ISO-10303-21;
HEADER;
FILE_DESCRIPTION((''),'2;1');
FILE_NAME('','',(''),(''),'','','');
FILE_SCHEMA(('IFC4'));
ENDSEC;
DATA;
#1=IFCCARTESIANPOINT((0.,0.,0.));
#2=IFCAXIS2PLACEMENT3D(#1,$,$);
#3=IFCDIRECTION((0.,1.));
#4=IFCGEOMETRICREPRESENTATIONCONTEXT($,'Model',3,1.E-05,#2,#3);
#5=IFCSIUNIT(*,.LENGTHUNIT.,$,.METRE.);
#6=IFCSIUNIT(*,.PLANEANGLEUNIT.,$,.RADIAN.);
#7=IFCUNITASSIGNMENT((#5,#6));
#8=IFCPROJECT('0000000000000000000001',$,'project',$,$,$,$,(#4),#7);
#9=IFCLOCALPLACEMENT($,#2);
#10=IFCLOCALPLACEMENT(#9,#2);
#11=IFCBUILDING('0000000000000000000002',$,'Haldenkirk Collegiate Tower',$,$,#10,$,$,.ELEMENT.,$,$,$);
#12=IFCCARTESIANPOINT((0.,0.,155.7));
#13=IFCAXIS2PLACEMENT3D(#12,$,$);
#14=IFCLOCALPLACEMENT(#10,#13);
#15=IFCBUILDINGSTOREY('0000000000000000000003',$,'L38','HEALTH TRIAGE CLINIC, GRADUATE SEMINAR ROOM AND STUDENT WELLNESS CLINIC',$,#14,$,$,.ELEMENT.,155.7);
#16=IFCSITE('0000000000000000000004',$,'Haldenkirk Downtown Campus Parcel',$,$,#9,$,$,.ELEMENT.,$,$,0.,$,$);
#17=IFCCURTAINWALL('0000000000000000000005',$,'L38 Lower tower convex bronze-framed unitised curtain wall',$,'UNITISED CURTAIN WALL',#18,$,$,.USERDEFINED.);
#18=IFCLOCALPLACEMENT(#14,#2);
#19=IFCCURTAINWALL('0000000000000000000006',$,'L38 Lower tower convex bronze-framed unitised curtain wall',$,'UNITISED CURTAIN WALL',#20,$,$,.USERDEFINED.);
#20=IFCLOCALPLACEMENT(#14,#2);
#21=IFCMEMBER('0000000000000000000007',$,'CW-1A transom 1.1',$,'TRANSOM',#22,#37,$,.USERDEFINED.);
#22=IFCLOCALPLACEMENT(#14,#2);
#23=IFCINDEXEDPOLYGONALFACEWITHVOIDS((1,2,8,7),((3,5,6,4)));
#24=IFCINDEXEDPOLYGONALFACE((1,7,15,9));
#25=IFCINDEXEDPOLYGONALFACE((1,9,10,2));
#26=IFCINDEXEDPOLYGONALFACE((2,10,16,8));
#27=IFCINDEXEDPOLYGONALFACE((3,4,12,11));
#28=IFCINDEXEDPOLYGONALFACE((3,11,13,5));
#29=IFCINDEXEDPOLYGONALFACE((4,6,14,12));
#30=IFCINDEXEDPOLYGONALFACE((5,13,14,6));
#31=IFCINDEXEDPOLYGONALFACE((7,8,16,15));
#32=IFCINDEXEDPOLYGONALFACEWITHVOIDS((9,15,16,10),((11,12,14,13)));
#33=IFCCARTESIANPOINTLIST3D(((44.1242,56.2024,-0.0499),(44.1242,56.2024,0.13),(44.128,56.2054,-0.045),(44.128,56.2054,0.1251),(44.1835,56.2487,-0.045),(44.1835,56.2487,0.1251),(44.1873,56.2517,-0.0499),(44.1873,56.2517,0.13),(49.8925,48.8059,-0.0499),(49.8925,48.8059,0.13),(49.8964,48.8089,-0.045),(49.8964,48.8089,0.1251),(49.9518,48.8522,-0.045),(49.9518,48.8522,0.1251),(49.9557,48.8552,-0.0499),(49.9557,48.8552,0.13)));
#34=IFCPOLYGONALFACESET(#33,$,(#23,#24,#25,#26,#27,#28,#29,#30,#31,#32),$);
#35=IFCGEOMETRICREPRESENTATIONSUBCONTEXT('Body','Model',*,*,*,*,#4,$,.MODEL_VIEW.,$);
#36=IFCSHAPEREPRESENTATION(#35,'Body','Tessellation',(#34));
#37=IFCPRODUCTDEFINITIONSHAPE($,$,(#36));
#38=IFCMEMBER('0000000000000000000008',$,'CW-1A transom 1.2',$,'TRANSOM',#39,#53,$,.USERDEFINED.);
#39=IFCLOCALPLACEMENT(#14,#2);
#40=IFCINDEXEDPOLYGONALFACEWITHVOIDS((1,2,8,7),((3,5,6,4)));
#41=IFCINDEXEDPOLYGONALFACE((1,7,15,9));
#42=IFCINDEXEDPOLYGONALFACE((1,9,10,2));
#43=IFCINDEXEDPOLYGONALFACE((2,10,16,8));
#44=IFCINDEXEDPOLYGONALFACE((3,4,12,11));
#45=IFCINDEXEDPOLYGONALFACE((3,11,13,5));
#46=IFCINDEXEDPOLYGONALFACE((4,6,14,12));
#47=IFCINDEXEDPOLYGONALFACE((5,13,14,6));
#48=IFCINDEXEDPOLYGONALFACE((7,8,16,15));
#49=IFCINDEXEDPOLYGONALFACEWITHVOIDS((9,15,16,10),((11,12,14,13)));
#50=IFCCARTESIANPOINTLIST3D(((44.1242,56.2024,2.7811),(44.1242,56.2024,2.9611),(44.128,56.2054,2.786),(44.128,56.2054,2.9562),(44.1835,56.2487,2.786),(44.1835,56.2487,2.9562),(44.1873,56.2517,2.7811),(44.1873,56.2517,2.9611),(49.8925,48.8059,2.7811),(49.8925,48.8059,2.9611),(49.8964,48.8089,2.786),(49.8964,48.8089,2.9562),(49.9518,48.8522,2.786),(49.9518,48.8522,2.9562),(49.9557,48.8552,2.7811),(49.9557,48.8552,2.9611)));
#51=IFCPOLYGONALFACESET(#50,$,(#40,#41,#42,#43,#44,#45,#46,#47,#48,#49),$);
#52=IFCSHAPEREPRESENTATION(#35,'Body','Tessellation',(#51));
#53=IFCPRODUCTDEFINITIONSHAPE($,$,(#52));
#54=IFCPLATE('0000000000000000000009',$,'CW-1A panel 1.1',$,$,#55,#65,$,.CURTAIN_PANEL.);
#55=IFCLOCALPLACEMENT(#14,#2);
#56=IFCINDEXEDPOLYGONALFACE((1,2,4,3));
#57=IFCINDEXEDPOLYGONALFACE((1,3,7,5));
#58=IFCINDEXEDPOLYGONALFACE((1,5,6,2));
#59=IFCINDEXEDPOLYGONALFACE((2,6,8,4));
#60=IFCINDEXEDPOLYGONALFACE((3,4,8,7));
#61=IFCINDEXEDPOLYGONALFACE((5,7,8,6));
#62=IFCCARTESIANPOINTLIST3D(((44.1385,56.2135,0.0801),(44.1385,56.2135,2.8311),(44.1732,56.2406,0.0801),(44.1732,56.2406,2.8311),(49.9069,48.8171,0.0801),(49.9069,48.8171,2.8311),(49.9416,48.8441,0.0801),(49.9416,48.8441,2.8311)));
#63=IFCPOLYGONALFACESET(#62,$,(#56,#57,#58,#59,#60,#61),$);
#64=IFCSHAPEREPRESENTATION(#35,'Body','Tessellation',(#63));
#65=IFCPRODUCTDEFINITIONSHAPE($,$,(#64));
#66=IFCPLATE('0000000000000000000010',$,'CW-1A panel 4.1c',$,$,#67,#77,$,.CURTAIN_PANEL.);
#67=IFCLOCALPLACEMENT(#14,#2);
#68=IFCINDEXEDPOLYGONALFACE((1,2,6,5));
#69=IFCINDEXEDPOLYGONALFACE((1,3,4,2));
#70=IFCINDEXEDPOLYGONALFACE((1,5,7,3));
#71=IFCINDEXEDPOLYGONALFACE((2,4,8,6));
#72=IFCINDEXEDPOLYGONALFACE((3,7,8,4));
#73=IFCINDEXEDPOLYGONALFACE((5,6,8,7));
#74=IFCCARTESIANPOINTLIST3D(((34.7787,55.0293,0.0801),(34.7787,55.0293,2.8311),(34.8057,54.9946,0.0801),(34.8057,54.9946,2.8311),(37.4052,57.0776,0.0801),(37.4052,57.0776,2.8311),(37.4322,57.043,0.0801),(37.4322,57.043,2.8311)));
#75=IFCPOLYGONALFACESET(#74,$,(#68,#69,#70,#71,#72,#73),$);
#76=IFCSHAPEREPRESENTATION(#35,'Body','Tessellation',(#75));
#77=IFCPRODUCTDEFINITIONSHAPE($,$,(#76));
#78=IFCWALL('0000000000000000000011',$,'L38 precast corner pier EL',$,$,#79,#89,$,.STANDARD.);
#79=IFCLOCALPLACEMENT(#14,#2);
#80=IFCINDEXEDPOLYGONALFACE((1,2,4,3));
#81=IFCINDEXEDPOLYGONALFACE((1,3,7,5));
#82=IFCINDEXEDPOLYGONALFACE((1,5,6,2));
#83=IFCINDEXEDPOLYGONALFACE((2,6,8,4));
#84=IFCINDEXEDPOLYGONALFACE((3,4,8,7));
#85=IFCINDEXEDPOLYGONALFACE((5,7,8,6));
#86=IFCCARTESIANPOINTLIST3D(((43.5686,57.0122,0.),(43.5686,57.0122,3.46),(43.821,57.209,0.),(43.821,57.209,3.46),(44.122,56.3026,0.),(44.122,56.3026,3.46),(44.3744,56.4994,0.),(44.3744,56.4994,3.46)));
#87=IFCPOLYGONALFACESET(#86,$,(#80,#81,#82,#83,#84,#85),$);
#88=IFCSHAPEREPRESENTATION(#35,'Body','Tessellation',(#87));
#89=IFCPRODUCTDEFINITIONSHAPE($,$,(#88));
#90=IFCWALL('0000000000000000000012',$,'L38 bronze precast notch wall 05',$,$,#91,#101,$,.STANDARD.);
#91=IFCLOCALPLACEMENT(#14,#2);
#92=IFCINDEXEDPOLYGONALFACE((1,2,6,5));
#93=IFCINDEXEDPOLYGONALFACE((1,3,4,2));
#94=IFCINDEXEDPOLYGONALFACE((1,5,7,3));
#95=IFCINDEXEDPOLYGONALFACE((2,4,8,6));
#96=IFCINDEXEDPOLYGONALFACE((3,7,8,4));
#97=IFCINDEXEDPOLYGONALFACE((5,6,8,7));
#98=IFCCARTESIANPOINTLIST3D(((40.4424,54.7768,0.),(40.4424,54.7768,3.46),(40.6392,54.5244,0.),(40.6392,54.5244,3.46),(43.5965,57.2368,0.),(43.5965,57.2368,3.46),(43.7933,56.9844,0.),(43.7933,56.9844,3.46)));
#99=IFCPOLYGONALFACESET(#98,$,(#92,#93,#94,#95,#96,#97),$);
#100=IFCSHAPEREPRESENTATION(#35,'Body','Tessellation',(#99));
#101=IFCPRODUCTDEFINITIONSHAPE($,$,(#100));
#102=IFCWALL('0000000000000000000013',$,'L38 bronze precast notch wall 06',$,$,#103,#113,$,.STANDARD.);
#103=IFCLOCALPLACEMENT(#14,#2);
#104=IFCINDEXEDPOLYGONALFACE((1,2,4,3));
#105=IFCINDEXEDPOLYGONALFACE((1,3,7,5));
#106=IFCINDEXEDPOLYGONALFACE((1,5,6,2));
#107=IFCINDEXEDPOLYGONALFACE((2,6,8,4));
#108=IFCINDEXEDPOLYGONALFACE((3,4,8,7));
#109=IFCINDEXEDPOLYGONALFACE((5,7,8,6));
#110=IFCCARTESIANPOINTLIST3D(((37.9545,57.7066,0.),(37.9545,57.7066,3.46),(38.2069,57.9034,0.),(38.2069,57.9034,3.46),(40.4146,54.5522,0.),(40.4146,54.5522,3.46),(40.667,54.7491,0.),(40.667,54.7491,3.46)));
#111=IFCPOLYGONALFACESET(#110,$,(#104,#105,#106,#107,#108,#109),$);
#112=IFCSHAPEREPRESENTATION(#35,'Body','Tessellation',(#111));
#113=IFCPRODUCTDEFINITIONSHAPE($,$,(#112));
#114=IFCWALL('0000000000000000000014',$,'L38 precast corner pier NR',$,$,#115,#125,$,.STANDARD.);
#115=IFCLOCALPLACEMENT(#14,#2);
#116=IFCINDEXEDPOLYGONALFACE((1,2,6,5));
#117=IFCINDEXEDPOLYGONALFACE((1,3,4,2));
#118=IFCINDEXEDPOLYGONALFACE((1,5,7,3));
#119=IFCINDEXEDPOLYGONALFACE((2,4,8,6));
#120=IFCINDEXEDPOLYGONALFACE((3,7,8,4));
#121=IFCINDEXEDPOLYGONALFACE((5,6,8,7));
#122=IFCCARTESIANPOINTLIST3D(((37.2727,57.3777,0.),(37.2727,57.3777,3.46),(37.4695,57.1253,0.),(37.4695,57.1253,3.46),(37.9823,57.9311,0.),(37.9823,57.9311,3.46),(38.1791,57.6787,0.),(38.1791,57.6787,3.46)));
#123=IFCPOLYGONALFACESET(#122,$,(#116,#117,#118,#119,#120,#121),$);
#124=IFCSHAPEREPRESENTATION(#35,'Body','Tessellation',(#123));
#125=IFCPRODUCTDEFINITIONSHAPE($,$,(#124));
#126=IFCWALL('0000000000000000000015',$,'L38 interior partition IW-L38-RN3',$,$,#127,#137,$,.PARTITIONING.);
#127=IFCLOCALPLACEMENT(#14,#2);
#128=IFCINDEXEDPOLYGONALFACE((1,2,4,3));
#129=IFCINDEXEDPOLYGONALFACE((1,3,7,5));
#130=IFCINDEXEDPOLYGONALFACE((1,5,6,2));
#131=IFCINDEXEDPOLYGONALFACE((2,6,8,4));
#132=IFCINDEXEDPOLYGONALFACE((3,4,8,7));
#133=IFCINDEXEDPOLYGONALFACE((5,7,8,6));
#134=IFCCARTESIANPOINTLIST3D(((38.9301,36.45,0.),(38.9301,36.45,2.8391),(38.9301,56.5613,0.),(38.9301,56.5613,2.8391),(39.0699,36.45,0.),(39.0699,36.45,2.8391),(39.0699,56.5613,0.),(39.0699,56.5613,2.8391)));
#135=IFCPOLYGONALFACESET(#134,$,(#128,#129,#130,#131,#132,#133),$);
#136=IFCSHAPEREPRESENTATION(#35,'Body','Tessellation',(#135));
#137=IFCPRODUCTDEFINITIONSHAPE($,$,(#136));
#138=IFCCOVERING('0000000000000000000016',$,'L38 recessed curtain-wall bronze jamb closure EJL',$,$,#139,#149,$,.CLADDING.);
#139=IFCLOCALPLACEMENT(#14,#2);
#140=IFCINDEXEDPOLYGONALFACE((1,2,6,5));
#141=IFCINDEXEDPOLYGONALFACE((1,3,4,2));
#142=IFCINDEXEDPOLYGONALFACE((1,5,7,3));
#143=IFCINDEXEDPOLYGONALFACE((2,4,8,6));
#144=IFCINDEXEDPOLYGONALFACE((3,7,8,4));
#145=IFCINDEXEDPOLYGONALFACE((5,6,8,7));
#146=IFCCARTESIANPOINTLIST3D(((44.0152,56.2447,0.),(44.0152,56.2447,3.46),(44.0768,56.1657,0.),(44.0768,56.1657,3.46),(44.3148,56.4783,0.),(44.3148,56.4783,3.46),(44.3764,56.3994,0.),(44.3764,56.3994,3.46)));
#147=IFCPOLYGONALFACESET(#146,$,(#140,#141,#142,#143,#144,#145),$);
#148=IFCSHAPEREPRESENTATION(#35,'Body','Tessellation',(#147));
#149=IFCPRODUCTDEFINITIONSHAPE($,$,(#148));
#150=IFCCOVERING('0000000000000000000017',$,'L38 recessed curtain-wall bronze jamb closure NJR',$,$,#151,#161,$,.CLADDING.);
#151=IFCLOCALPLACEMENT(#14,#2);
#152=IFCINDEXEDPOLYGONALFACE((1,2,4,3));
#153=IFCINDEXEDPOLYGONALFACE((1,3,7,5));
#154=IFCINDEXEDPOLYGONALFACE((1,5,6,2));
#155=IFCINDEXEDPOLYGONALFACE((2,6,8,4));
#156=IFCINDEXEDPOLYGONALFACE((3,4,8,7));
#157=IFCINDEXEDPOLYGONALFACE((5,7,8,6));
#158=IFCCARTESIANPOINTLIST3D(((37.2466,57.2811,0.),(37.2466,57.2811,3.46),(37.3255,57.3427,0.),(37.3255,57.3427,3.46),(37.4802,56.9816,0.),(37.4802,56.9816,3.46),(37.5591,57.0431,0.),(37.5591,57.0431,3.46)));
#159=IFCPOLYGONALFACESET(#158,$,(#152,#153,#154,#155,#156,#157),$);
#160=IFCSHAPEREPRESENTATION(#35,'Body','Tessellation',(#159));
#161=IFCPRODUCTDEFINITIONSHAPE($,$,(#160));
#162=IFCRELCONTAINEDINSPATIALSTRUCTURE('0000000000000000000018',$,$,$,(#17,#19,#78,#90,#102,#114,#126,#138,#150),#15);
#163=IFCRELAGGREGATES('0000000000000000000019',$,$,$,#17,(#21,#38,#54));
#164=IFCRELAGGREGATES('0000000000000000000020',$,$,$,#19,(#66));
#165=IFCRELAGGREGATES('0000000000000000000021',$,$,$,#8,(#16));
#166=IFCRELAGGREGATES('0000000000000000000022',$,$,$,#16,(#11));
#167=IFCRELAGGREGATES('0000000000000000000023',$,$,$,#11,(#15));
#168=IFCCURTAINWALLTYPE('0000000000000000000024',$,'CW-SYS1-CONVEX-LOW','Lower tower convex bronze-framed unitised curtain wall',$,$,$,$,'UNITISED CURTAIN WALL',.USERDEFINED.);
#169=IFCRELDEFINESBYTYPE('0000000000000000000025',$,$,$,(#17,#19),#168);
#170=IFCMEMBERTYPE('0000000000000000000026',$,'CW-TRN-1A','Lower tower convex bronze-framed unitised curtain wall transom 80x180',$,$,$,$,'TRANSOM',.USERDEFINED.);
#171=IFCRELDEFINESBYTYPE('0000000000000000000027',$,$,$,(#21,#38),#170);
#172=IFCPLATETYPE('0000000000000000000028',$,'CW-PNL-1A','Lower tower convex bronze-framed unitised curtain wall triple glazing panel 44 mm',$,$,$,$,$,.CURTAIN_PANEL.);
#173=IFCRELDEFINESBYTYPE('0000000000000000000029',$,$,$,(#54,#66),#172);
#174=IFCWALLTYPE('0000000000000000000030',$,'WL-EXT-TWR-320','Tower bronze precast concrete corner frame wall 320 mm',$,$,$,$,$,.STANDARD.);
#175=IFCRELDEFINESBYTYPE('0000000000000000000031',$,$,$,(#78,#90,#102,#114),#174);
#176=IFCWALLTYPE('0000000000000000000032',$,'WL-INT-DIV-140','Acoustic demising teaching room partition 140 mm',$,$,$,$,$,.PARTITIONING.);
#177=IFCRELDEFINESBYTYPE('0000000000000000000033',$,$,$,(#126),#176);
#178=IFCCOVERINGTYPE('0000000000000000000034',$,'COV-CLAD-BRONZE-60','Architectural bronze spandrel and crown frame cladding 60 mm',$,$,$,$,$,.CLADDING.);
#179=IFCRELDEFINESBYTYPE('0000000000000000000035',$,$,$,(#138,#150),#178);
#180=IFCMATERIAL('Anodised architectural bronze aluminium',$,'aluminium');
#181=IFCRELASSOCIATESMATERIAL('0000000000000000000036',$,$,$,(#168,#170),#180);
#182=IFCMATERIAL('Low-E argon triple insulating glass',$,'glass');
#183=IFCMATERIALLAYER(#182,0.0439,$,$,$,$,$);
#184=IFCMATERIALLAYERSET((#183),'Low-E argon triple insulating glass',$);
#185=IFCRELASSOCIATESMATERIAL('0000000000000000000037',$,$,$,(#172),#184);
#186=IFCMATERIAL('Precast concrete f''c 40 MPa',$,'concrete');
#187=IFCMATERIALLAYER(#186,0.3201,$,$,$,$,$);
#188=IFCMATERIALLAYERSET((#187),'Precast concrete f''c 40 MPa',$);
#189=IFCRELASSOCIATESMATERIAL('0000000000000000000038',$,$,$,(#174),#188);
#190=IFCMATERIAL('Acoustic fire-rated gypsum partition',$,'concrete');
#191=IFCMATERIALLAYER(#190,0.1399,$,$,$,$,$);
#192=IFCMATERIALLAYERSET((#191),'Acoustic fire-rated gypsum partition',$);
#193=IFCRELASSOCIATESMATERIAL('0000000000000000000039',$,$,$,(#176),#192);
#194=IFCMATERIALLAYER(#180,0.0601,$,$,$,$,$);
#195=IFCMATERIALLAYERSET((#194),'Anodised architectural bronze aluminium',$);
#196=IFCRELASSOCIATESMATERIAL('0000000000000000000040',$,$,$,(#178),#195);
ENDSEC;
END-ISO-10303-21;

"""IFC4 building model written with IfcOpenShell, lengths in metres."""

from ifc_helpers import new_model, si_unit, direction, frame, frame_2d, origin, origin_2d, place, context, subcontext, project, spatial, rectangle, hollow_rectangle, extrude, source, transform, mapped, material, layer, layer_set, material_profile, profile_set, type_object, element, aggregate, save


model = new_model("IFC4")

# Units and contexts
model_context = context("Model", 3, precision=1e-05, world=origin(), true_north=direction((0.0, 1.0)))
body_context = subcontext(model_context, "Body", "Model", "MODEL_VIEW")
ifc_project = project(units=[si_unit("LENGTHUNIT", "METRE"), si_unit("PLANEANGLEUNIT", "RADIAN")], contexts=[model_context])

# Site, building, storey
site_placement = place(None, origin())
site = spatial("IfcSite", under=ifc_project, at=site_placement, Name="Haldenkirk Downtown Campus Parcel", CompositionType="ELEMENT", RefElevation=0.0)
building_placement = place(site_placement, origin())
building = spatial("IfcBuilding", under=site, at=building_placement, Name="Haldenkirk Collegiate Tower", CompositionType="ELEMENT")
storey_placement = place(building_placement, frame((0.0, 0.0, 155.7)))
storey = spatial("IfcBuildingStorey", under=building, at=storey_placement, Name="L38", Description="HEALTH TRIAGE CLINIC, GRADUATE SEMINAR ROOM AND STUDENT WELLNESS CLINIC", CompositionType="ELEMENT", Elevation=155.7)

# Curtain walls
ifc_material_1 = material(Name="Anodised architectural bronze aluminium", Category="aluminium")
curtain_wall_type = type_object("IfcCurtainWallType", Name="CW-SYS1-CONVEX-LOW", Description="Lower tower convex bronze-framed unitised curtain wall", ElementType="UNITISED CURTAIN WALL", PredefinedType="USERDEFINED", material=ifc_material_1)
curtain_wall_1_placement = place(storey_placement, origin())
curtain_wall_1 = element("IfcCurtainWall", 1, at=curtain_wall_1_placement, inside=storey, type_object=curtain_wall_type, Name="L38 Lower tower convex bronze-framed unitised curtain wall", ObjectType="UNITISED CURTAIN WALL", PredefinedType="USERDEFINED")
curtain_wall_2_placement = place(storey_placement, origin())
curtain_wall_2 = element("IfcCurtainWall", 2, at=curtain_wall_2_placement, inside=storey, type_object=curtain_wall_type, Name="L38 Lower tower convex bronze-framed unitised curtain wall", ObjectType="UNITISED CURTAIN WALL", PredefinedType="USERDEFINED")

# Members
ifc_material_profile_1 = material_profile(ifc_material_1, hollow_rectangle(XDim=0.0801, YDim=0.1799, WallThickness=0.0049, at=origin_2d()), Name="CW-TRN-1A")
ifc_profile_set_1 = profile_set([ifc_material_profile_1], Name="Anodised architectural bronze aluminium")
member_type_1 = type_object("IfcMemberType", Name="CW-TRN-1A", Description="Lower tower convex bronze-framed unitised curtain wall transom 80x180", ElementType="TRANSOM", PredefinedType="USERDEFINED", material=ifc_profile_set_1)
member_1_placement = place(storey_placement, frame((44.1558, 56.2271, 0.04), z_axis=(0.614969, -0.788551, 0.0), x_axis=(0.788551, 0.614969, 0.0)))
member_1 = element("IfcMember", 3, at=member_1_placement, type_object=member_type_1, Name="CW-1A transom 1.1", ObjectType="TRANSOM", PredefinedType="USERDEFINED", context=body_context, shape_type="SweptSolid", body=[
    extrude(hollow_rectangle(XDim=0.0801, YDim=0.1799, WallThickness=0.0049, at=origin_2d()), origin(), (0.0, 0.0, 1.0), 9.3799),
])
member_2_placement = place(storey_placement, frame((44.1558, 56.2271, 2.8711), z_axis=(0.614969, -0.788551, 0.0), x_axis=(0.788551, 0.614969, 0.0)))
member_2 = element("IfcMember", 4, at=member_2_placement, type_object=member_type_1, Name="CW-1A transom 1.2", ObjectType="TRANSOM", PredefinedType="USERDEFINED", context=body_context, shape_type="SweptSolid", body=[
    extrude(hollow_rectangle(XDim=0.0801, YDim=0.1799, WallThickness=0.0049, at=origin_2d()), origin(), (0.0, 0.0, 1.0), 9.3799),
])

# Plates
ifc_material_2 = material(Name="Low-E argon triple insulating glass", Category="glass")
ifc_layer_1 = layer(ifc_material_2, 0.0439)
ifc_layer_set_1 = layer_set([ifc_layer_1], Name="Low-E argon triple insulating glass")
plate_type = type_object("IfcPlateType", Name="CW-PNL-1A", Description="Lower tower convex bronze-framed unitised curtain wall triple glazing panel 44 mm", PredefinedType="CURTAIN_PANEL", material=ifc_layer_set_1)
shared_shape_1 = source(origin(), body_context, "Body", "SweptSolid", [
    extrude(rectangle(XDim=9.3799, YDim=0.0439, at=origin_2d()), origin(), (0.0, 0.0, 1.0), 2.751),
])
plate_1_placement = place(storey_placement, frame((47.04, 52.5288, 0.0801), z_axis=(0.0, 0.0, 1.0), x_axis=(0.614974, -0.788548, 0.0)))
plate_1 = element("IfcPlate", 5, at=plate_1_placement, type_object=plate_type, Name="CW-1A panel 1.1", PredefinedType="CURTAIN_PANEL", context=body_context, shape_type="MappedRepresentation", body=[
    mapped(shared_shape_1, transform((0.0, 0.0, 0.0), x_axis=(1.0, 0.0, 0.0), y_axis=(0.0, 1.0, 0.0), z_axis=(0.0, 0.0, 1.0), scale=1.0)),
])
aggregate(curtain_wall_1, [member_1, member_2, plate_1])
shared_shape_2 = source(origin(), body_context, "Body", "SweptSolid", [
    extrude(rectangle(XDim=3.3308, YDim=0.0439, at=origin_2d()), origin(), (0.0, 0.0, 1.0), 2.751),
])
plate_2_placement = place(storey_placement, frame((36.1055, 56.0361, 0.0801), z_axis=(0.0, 0.0, 1.0), x_axis=(0.788548, 0.614974, 0.0)))
plate_2 = element("IfcPlate", 6, at=plate_2_placement, type_object=plate_type, Name="CW-1A panel 4.1c", PredefinedType="CURTAIN_PANEL", context=body_context, shape_type="MappedRepresentation", body=[
    mapped(shared_shape_2, transform((0.0, 0.0, 0.0), x_axis=(1.0, 0.0, 0.0), y_axis=(0.0, 1.0, 0.0), z_axis=(0.0, 0.0, 1.0), scale=1.0)),
])
aggregate(curtain_wall_2, [plate_2])

# Walls
ifc_material_3 = material(Name="Precast concrete f'c 40 MPa", Category="concrete")
ifc_layer_2 = layer(ifc_material_3, 0.3201)
ifc_layer_set_2 = layer_set([ifc_layer_2], Name="Precast concrete f'c 40 MPa")
wall_type_1 = type_object("IfcWallType", Name="WL-EXT-TWR-320", Description="Tower bronze precast concrete corner frame wall 320 mm", PredefinedType="STANDARD", material=ifc_layer_set_2)
wall_1_placement = place(storey_placement, frame((43.6948, 57.1106, 0.0), z_axis=(0.0, 0.0, 1.0), x_axis=(0.614954, -0.788563, 0.0)))
element("IfcWall", 7, at=wall_1_placement, inside=storey, type_object=wall_type_1, Name="L38 precast corner pier EL", PredefinedType="STANDARD", context=body_context, shape_type="SweptSolid", body=[
    extrude(rectangle(XDim=0.8999, YDim=0.3201, at=frame_2d((0.45, 0.0))), origin(), (0.0, 0.0, 1.0), 3.46),
])
wall_2_placement = place(storey_placement, frame((40.5408, 54.6506, 0.0), z_axis=(0.0, 0.0, 1.0), x_axis=(0.788527, 0.615001, 0.0)))
element("IfcWall", 8, at=wall_2_placement, inside=storey, type_object=wall_type_1, Name="L38 bronze precast notch wall 05", PredefinedType="STANDARD", context=body_context, shape_type="SweptSolid", body=[
    extrude(rectangle(XDim=4.0, YDim=0.3201, at=frame_2d((2.0, 0.0))), origin(), (0.0, 0.0, 1.0), 3.46),
])
wall_3_placement = place(storey_placement, frame((38.0808, 57.8049, 0.0), z_axis=(0.0, 0.0, 1.0), x_axis=(0.614971, -0.78855, 0.0)))
element("IfcWall", 9, at=wall_3_placement, inside=storey, type_object=wall_type_1, Name="L38 bronze precast notch wall 06", PredefinedType="STANDARD", context=body_context, shape_type="SweptSolid", body=[
    extrude(rectangle(XDim=4.0002, YDim=0.3201, at=frame_2d((2.0, 0.0))), origin(), (0.0, 0.0, 1.0), 3.46),
])
wall_4_placement = place(storey_placement, frame((37.3711, 57.2515, 0.0), z_axis=(0.0, 0.0, 1.0), x_axis=(0.788563, 0.614954, 0.0)))
element("IfcWall", 10, at=wall_4_placement, inside=storey, type_object=wall_type_1, Name="L38 precast corner pier NR", PredefinedType="STANDARD", context=body_context, shape_type="SweptSolid", body=[
    extrude(rectangle(XDim=0.8999, YDim=0.3201, at=frame_2d((0.45, 0.0))), origin(), (0.0, 0.0, 1.0), 3.46),
])
ifc_material_4 = material(Name="Acoustic fire-rated gypsum partition", Category="concrete")
ifc_layer_3 = layer(ifc_material_4, 0.1399)
ifc_layer_set_3 = layer_set([ifc_layer_3], Name="Acoustic fire-rated gypsum partition")
wall_type_2 = type_object("IfcWallType", Name="WL-INT-DIV-140", Description="Acoustic demising teaching room partition 140 mm", PredefinedType="PARTITIONING", material=ifc_layer_set_3)
wall_5_placement = place(storey_placement, frame((39.0, 36.45, 0.0), z_axis=(0.0, 0.0, 1.0), x_axis=(0.0, 1.0, 0.0)))
element("IfcWall", 11, at=wall_5_placement, inside=storey, type_object=wall_type_2, Name="L38 interior partition IW-L38-RN3", PredefinedType="PARTITIONING", context=body_context, shape_type="SweptSolid", body=[
    extrude(rectangle(XDim=20.1113, YDim=0.1399, at=frame_2d((10.0557, 0.0))), origin(), (0.0, 0.0, 1.0), 2.8391),
])

# Coverings
ifc_layer_4 = layer(ifc_material_1, 0.0601)
ifc_layer_set_4 = layer_set([ifc_layer_4], Name="Anodised architectural bronze aluminium")
covering_type = type_object("IfcCoveringType", Name="COV-CLAD-BRONZE-60", Description="Architectural bronze spandrel and crown frame cladding 60 mm", PredefinedType="CLADDING", material=ifc_layer_set_4)
shared_shape_3 = source(origin(), body_context, "Body", "SweptSolid", [
    extrude(rectangle(XDim=0.1001, YDim=0.3799, at=origin_2d()), origin(), (0.0, 0.0, 1.0), 3.46),
])
for number, where, z_axis, x_axis, name in (
    (12, (44.1958, 56.322, 0.0), (0.0, 0.0, 1.0), (0.614974, -0.788548, 0.0), "L38 recessed curtain-wall bronze jamb closure EJL"),
    (13, (37.4028, 57.1621, 0.0), (0.0, 0.0, 1.0), (0.788548, 0.614974, 0.0), "L38 recessed curtain-wall bronze jamb closure NJR"),
):
    element("IfcCovering", number, at=place(storey_placement, frame(where, z_axis=z_axis, x_axis=x_axis)), inside=storey, type_object=covering_type, Name=name, PredefinedType="CLADDING", context=body_context, shape_type="MappedRepresentation", body=[
        mapped(shared_shape_3, transform((0.0, 0.0, 0.0), x_axis=(1.0, 0.0, 0.0), y_axis=(0.0, 1.0, 0.0), z_axis=(0.0, 0.0, 1.0), scale=1.0)),
    ])

save(model, "model.ifc")
